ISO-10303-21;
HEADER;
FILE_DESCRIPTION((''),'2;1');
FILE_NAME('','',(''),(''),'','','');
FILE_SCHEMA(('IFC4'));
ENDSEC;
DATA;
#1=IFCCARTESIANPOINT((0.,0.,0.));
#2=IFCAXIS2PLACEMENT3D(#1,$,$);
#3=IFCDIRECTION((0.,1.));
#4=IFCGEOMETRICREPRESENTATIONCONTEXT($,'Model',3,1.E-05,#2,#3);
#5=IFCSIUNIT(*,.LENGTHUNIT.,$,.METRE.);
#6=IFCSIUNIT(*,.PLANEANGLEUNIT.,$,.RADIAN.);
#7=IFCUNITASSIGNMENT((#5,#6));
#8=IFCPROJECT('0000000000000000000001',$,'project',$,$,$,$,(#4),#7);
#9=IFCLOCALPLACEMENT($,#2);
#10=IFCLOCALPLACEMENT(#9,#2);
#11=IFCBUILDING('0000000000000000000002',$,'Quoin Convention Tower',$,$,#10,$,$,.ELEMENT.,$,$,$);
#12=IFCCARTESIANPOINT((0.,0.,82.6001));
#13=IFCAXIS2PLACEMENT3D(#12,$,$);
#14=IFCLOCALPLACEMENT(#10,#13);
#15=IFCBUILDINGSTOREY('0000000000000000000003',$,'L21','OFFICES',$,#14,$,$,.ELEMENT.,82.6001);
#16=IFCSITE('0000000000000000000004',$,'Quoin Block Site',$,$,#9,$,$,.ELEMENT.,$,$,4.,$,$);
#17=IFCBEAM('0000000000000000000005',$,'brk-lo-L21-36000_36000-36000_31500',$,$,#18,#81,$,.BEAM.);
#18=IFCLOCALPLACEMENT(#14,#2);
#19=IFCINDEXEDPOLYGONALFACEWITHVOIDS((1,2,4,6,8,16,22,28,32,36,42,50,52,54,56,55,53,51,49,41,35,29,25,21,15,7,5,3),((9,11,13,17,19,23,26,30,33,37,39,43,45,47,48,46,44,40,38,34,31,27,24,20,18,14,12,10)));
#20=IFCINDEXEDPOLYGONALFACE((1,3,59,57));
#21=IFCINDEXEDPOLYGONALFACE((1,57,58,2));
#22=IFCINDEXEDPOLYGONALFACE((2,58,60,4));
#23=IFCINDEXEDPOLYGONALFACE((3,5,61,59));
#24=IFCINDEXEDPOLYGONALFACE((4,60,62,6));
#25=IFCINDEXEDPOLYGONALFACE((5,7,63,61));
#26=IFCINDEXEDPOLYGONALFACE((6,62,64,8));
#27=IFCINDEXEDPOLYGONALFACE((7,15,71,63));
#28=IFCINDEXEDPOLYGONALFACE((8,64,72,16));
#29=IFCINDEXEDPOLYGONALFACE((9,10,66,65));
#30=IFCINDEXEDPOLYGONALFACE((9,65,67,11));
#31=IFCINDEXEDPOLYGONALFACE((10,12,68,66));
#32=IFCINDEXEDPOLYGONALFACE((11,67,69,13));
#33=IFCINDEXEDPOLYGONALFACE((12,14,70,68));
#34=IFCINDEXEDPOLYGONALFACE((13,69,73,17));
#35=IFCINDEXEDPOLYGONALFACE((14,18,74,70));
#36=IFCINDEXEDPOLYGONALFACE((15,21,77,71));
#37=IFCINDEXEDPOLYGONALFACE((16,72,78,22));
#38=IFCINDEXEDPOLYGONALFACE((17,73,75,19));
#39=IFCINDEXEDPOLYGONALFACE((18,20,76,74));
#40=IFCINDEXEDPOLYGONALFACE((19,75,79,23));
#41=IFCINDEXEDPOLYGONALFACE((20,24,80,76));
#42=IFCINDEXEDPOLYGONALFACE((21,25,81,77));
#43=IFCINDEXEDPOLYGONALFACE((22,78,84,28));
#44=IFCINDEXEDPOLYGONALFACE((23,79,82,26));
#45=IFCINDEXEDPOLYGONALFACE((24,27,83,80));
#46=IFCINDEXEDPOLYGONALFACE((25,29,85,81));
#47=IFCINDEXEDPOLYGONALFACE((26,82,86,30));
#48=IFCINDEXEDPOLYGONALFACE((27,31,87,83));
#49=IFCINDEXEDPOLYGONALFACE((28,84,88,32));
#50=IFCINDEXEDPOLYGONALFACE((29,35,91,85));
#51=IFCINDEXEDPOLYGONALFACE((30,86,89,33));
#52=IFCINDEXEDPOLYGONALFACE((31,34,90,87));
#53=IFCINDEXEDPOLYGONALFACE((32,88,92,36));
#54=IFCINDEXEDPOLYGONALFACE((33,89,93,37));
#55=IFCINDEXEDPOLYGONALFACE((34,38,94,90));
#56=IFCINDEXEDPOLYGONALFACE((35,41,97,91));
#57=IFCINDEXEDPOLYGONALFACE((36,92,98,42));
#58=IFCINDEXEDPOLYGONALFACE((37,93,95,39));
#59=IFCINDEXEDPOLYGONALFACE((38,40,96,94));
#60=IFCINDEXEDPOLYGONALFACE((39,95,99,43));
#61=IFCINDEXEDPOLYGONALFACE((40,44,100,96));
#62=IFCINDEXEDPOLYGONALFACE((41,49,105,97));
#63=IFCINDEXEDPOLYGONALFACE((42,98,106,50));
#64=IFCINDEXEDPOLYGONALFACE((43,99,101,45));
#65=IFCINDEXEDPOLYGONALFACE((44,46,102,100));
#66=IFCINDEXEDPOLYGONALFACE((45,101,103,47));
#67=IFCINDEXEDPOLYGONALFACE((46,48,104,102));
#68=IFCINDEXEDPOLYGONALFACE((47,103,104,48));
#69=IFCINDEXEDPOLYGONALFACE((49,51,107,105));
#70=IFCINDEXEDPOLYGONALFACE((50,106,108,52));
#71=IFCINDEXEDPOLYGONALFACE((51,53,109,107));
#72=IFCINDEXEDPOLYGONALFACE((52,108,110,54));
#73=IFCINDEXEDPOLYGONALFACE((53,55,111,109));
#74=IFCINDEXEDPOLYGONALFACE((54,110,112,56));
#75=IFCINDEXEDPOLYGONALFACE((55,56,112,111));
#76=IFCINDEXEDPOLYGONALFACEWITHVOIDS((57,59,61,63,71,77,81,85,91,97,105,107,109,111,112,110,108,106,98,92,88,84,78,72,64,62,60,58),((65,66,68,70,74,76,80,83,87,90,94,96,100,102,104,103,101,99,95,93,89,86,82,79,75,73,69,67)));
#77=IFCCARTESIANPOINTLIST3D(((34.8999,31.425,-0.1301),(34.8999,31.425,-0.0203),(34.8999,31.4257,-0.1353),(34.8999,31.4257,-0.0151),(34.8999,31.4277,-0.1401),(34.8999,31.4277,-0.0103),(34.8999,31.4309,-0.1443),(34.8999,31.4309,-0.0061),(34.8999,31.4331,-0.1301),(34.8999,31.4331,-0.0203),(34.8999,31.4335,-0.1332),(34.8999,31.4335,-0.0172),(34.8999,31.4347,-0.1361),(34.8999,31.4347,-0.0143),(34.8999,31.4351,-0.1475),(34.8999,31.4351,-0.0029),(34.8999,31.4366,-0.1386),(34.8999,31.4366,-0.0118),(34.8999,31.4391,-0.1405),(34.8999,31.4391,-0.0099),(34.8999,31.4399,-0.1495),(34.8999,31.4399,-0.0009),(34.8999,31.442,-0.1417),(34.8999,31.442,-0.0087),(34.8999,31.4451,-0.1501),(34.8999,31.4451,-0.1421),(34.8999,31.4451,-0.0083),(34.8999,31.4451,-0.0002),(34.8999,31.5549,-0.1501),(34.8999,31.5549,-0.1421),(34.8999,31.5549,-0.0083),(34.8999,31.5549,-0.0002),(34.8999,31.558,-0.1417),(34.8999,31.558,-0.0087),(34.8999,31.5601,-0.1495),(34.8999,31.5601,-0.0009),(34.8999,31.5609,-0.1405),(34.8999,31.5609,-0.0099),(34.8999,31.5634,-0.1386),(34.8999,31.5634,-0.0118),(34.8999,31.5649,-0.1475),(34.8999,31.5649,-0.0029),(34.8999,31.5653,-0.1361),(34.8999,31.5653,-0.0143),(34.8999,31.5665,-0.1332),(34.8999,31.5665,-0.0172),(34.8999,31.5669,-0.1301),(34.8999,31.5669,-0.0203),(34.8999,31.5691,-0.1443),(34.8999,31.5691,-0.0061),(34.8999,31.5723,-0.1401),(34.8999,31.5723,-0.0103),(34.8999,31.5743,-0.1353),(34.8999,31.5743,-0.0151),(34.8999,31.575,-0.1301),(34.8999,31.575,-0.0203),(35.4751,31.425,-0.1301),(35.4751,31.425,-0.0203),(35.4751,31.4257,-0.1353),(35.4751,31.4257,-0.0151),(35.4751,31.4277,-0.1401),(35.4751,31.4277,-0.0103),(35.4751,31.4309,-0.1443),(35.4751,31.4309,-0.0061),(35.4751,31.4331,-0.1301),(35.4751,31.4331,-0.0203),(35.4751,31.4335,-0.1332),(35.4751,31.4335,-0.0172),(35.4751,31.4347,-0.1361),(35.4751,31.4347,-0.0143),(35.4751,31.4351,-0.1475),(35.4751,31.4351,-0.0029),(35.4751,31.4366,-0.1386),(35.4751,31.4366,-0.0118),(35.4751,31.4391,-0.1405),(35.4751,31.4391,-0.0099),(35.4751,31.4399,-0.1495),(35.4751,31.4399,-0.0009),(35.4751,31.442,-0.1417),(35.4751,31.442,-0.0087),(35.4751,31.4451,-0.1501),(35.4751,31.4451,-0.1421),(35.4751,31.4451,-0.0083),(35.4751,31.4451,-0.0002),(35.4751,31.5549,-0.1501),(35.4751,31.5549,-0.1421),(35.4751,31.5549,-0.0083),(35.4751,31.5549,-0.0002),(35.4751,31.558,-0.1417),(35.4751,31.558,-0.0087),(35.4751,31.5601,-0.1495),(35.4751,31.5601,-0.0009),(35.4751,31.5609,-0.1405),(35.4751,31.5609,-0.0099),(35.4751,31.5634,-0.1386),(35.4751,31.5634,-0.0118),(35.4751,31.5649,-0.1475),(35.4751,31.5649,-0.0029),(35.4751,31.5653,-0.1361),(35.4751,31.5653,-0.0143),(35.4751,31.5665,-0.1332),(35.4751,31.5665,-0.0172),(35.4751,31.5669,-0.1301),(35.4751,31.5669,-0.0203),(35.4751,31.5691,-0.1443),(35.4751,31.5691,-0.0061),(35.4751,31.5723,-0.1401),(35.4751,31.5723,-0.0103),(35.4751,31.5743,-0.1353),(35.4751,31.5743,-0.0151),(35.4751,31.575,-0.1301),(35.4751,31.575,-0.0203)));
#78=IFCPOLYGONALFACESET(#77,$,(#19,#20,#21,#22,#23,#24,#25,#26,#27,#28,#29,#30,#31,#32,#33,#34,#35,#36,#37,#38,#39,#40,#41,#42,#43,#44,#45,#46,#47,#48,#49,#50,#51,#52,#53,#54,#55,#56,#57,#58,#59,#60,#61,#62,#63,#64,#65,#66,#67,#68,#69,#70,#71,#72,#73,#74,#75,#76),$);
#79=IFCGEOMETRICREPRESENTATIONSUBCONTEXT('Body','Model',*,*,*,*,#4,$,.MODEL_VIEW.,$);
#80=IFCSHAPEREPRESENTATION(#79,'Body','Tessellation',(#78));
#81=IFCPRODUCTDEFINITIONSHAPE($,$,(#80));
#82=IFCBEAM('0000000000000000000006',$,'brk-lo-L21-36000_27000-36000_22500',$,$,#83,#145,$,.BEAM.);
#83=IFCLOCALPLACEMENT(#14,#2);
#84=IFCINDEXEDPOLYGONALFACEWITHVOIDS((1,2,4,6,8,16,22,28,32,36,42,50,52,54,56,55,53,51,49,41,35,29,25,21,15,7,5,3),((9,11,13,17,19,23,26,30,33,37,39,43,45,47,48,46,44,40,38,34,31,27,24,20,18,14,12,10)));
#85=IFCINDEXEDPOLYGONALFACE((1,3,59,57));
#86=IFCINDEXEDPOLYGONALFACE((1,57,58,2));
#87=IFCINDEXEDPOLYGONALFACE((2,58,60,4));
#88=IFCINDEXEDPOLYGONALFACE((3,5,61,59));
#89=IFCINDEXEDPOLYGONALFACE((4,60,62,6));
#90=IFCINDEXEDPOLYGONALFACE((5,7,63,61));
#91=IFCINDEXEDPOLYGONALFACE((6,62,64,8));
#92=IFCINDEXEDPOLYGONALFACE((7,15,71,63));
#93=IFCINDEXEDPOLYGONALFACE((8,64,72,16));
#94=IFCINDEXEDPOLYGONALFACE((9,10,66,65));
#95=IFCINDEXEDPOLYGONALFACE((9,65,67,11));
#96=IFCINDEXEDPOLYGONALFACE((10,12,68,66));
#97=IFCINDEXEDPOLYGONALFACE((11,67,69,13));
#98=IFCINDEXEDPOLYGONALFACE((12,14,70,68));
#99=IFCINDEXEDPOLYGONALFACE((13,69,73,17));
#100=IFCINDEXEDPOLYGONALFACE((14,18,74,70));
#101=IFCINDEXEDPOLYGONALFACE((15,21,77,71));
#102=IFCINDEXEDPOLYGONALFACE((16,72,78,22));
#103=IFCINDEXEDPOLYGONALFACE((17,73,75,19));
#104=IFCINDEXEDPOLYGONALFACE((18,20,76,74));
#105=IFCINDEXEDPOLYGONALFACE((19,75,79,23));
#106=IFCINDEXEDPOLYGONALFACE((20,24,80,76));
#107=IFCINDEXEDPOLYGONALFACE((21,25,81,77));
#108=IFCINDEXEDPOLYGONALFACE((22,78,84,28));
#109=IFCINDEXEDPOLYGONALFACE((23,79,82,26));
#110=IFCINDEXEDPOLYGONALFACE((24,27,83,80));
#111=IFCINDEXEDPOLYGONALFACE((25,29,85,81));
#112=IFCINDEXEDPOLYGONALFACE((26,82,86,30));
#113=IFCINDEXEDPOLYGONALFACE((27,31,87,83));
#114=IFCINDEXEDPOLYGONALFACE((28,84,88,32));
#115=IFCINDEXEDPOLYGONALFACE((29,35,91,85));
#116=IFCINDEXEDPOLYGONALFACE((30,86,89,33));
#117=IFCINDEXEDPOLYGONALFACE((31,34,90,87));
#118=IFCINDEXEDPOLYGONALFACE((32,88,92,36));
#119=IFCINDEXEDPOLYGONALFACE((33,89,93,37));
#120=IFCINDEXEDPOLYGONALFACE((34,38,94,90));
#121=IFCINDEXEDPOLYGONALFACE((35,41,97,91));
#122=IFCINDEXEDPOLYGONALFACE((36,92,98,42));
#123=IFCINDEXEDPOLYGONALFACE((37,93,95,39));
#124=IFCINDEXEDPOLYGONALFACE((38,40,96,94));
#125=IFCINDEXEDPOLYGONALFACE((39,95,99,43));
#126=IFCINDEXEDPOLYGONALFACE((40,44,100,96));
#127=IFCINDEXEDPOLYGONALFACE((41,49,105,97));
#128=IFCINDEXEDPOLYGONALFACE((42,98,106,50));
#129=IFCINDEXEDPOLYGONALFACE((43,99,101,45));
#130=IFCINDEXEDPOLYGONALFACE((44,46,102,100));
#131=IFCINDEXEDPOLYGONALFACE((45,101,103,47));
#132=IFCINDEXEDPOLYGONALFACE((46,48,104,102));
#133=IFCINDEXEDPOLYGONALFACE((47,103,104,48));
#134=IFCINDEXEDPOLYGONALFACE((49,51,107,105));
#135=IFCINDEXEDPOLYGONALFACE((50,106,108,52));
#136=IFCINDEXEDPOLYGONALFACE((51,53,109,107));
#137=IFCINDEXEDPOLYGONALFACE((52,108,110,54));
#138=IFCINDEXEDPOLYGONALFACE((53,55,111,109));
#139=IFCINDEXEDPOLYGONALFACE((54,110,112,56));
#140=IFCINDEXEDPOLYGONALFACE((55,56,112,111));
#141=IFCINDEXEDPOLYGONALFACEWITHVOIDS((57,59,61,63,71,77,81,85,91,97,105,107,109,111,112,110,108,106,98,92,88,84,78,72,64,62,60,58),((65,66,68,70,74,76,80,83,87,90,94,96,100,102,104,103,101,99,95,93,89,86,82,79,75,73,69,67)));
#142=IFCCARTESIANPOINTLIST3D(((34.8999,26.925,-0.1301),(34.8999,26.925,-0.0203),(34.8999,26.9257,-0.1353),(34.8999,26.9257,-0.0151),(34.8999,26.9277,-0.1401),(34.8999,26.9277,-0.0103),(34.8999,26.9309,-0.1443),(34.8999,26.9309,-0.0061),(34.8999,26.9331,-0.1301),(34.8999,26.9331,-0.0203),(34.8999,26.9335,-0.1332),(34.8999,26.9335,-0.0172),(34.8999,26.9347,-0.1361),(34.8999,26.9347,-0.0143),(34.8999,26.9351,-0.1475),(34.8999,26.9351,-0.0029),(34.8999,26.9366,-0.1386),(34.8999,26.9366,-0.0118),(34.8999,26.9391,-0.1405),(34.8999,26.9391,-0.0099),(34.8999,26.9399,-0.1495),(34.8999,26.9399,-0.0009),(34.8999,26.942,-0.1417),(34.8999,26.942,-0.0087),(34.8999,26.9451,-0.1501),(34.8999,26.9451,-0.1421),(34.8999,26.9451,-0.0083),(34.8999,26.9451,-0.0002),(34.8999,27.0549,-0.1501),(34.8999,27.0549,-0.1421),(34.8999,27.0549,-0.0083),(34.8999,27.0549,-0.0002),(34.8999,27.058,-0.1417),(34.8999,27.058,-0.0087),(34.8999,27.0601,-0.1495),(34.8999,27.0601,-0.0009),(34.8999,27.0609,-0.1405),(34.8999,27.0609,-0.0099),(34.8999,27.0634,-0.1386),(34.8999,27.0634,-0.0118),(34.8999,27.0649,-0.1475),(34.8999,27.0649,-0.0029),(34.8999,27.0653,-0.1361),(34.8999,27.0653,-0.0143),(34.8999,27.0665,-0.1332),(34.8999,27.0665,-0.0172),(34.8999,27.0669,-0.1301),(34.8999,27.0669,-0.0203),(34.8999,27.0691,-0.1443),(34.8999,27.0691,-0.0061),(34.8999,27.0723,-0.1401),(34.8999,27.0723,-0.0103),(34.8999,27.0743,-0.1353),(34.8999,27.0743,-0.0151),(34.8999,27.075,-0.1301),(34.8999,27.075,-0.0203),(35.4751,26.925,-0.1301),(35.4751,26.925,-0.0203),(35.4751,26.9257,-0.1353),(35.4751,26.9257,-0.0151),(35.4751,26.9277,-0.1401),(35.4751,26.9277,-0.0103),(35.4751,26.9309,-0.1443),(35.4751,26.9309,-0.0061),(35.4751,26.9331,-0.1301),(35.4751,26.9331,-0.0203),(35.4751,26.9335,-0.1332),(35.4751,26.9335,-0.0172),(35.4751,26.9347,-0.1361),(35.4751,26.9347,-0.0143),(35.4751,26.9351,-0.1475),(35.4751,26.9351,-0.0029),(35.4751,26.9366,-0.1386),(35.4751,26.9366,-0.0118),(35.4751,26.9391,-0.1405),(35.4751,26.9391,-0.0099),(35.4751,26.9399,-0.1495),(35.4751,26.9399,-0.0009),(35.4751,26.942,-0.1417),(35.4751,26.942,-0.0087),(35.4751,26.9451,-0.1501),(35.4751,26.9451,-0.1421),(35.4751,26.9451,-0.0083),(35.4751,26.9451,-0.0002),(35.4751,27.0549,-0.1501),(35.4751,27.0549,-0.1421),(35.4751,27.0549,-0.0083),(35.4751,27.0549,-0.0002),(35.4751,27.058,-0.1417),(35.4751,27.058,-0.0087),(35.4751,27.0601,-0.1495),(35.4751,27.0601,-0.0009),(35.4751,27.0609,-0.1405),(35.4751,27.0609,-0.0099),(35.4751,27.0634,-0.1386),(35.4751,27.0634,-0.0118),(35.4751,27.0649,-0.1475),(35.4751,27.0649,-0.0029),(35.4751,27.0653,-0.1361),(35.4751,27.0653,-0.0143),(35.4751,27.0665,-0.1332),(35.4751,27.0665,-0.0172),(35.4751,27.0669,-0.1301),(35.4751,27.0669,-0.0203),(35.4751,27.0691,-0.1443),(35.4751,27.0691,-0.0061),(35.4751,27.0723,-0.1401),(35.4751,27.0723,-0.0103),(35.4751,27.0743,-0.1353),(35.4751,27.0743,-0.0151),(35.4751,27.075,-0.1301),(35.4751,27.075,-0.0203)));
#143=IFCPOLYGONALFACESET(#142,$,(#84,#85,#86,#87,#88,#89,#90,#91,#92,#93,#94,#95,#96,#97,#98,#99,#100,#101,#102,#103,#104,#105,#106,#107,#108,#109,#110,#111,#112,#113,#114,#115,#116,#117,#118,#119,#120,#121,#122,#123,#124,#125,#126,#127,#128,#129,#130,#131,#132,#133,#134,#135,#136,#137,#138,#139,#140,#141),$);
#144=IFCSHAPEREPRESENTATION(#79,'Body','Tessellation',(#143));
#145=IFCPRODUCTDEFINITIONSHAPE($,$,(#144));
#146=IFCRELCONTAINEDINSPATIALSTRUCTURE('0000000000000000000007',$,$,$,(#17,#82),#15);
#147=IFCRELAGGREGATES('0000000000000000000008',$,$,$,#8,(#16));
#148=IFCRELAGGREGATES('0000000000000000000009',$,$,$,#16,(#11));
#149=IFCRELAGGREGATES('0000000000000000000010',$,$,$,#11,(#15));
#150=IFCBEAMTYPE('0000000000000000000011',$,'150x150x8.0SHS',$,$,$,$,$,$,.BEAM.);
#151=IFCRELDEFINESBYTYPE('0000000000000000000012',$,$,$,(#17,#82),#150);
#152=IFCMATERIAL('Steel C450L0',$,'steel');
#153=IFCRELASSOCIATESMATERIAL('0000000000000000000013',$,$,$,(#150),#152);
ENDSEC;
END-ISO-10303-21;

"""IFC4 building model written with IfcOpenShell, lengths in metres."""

from ifc_helpers import new_model, si_unit, direction, frame, origin, origin_2d, place, context, subcontext, project, spatial, hollow_rectangle, extrude, material, material_profile, profile_set, type_object, element, save


model = new_model("IFC4")

# Units and contexts
model_context = context("Model", 3, precision=1e-05, world=origin(), true_north=direction((0.0, 1.0)))
body_context = subcontext(model_context, "Body", "Model", "MODEL_VIEW")
ifc_project = project(units=[si_unit("LENGTHUNIT", "METRE"), si_unit("PLANEANGLEUNIT", "RADIAN")], contexts=[model_context])

# Site, building, storey
site_placement = place(None, origin())
site = spatial("IfcSite", under=ifc_project, at=site_placement, Name="Quoin Block Site", CompositionType="ELEMENT", RefElevation=4.0)
building_placement = place(site_placement, origin())
building = spatial("IfcBuilding", under=site, at=building_placement, Name="Quoin Convention Tower", CompositionType="ELEMENT")
storey_placement = place(building_placement, frame((0.0, 0.0, 82.6001)))
storey = spatial("IfcBuildingStorey", under=building, at=storey_placement, Name="L21", Description="OFFICES", CompositionType="ELEMENT", Elevation=82.6001)

# Beams
ifc_material_1 = material(Name="Steel C450L0", Category="steel")
ifc_material_profile_1 = material_profile(ifc_material_1, hollow_rectangle(XDim=0.1499, YDim=0.1499, WallThickness=0.0081, InnerFilletRadius=0.012, OuterFilletRadius=0.02, at=origin_2d()), Name="150x150x8.0SHS")
ifc_profile_set_1 = profile_set([ifc_material_profile_1], Name="Steel C450L0")
beam_type_1 = type_object("IfcBeamType", Name="150x150x8.0SHS", PredefinedType="BEAM", material=ifc_profile_set_1)
for number, where, z_axis, x_axis, name in (
    (1, (35.4751, 31.5, -0.0752), (-1.0, 0.0, 0.0), (0.0, -1.0, 0.0), "brk-lo-L21-36000_36000-36000_31500"),
    (2, (35.4751, 27.0, -0.0752), (-1.0, 0.0, 0.0), (0.0, -1.0, 0.0), "brk-lo-L21-36000_27000-36000_22500"),
):
    element("IfcBeam", number, at=place(storey_placement, frame(where, z_axis=z_axis, x_axis=x_axis)), inside=storey, type_object=beam_type_1, Name=name, PredefinedType="BEAM", context=body_context, shape_type="SweptSolid", body=[
        extrude(hollow_rectangle(XDim=0.1499, YDim=0.1499, WallThickness=0.0081, InnerFilletRadius=0.012, OuterFilletRadius=0.02, at=origin_2d()), origin(), (0.0, 0.0, 1.0), 0.5752),
    ])

save(model, "model.ifc")
